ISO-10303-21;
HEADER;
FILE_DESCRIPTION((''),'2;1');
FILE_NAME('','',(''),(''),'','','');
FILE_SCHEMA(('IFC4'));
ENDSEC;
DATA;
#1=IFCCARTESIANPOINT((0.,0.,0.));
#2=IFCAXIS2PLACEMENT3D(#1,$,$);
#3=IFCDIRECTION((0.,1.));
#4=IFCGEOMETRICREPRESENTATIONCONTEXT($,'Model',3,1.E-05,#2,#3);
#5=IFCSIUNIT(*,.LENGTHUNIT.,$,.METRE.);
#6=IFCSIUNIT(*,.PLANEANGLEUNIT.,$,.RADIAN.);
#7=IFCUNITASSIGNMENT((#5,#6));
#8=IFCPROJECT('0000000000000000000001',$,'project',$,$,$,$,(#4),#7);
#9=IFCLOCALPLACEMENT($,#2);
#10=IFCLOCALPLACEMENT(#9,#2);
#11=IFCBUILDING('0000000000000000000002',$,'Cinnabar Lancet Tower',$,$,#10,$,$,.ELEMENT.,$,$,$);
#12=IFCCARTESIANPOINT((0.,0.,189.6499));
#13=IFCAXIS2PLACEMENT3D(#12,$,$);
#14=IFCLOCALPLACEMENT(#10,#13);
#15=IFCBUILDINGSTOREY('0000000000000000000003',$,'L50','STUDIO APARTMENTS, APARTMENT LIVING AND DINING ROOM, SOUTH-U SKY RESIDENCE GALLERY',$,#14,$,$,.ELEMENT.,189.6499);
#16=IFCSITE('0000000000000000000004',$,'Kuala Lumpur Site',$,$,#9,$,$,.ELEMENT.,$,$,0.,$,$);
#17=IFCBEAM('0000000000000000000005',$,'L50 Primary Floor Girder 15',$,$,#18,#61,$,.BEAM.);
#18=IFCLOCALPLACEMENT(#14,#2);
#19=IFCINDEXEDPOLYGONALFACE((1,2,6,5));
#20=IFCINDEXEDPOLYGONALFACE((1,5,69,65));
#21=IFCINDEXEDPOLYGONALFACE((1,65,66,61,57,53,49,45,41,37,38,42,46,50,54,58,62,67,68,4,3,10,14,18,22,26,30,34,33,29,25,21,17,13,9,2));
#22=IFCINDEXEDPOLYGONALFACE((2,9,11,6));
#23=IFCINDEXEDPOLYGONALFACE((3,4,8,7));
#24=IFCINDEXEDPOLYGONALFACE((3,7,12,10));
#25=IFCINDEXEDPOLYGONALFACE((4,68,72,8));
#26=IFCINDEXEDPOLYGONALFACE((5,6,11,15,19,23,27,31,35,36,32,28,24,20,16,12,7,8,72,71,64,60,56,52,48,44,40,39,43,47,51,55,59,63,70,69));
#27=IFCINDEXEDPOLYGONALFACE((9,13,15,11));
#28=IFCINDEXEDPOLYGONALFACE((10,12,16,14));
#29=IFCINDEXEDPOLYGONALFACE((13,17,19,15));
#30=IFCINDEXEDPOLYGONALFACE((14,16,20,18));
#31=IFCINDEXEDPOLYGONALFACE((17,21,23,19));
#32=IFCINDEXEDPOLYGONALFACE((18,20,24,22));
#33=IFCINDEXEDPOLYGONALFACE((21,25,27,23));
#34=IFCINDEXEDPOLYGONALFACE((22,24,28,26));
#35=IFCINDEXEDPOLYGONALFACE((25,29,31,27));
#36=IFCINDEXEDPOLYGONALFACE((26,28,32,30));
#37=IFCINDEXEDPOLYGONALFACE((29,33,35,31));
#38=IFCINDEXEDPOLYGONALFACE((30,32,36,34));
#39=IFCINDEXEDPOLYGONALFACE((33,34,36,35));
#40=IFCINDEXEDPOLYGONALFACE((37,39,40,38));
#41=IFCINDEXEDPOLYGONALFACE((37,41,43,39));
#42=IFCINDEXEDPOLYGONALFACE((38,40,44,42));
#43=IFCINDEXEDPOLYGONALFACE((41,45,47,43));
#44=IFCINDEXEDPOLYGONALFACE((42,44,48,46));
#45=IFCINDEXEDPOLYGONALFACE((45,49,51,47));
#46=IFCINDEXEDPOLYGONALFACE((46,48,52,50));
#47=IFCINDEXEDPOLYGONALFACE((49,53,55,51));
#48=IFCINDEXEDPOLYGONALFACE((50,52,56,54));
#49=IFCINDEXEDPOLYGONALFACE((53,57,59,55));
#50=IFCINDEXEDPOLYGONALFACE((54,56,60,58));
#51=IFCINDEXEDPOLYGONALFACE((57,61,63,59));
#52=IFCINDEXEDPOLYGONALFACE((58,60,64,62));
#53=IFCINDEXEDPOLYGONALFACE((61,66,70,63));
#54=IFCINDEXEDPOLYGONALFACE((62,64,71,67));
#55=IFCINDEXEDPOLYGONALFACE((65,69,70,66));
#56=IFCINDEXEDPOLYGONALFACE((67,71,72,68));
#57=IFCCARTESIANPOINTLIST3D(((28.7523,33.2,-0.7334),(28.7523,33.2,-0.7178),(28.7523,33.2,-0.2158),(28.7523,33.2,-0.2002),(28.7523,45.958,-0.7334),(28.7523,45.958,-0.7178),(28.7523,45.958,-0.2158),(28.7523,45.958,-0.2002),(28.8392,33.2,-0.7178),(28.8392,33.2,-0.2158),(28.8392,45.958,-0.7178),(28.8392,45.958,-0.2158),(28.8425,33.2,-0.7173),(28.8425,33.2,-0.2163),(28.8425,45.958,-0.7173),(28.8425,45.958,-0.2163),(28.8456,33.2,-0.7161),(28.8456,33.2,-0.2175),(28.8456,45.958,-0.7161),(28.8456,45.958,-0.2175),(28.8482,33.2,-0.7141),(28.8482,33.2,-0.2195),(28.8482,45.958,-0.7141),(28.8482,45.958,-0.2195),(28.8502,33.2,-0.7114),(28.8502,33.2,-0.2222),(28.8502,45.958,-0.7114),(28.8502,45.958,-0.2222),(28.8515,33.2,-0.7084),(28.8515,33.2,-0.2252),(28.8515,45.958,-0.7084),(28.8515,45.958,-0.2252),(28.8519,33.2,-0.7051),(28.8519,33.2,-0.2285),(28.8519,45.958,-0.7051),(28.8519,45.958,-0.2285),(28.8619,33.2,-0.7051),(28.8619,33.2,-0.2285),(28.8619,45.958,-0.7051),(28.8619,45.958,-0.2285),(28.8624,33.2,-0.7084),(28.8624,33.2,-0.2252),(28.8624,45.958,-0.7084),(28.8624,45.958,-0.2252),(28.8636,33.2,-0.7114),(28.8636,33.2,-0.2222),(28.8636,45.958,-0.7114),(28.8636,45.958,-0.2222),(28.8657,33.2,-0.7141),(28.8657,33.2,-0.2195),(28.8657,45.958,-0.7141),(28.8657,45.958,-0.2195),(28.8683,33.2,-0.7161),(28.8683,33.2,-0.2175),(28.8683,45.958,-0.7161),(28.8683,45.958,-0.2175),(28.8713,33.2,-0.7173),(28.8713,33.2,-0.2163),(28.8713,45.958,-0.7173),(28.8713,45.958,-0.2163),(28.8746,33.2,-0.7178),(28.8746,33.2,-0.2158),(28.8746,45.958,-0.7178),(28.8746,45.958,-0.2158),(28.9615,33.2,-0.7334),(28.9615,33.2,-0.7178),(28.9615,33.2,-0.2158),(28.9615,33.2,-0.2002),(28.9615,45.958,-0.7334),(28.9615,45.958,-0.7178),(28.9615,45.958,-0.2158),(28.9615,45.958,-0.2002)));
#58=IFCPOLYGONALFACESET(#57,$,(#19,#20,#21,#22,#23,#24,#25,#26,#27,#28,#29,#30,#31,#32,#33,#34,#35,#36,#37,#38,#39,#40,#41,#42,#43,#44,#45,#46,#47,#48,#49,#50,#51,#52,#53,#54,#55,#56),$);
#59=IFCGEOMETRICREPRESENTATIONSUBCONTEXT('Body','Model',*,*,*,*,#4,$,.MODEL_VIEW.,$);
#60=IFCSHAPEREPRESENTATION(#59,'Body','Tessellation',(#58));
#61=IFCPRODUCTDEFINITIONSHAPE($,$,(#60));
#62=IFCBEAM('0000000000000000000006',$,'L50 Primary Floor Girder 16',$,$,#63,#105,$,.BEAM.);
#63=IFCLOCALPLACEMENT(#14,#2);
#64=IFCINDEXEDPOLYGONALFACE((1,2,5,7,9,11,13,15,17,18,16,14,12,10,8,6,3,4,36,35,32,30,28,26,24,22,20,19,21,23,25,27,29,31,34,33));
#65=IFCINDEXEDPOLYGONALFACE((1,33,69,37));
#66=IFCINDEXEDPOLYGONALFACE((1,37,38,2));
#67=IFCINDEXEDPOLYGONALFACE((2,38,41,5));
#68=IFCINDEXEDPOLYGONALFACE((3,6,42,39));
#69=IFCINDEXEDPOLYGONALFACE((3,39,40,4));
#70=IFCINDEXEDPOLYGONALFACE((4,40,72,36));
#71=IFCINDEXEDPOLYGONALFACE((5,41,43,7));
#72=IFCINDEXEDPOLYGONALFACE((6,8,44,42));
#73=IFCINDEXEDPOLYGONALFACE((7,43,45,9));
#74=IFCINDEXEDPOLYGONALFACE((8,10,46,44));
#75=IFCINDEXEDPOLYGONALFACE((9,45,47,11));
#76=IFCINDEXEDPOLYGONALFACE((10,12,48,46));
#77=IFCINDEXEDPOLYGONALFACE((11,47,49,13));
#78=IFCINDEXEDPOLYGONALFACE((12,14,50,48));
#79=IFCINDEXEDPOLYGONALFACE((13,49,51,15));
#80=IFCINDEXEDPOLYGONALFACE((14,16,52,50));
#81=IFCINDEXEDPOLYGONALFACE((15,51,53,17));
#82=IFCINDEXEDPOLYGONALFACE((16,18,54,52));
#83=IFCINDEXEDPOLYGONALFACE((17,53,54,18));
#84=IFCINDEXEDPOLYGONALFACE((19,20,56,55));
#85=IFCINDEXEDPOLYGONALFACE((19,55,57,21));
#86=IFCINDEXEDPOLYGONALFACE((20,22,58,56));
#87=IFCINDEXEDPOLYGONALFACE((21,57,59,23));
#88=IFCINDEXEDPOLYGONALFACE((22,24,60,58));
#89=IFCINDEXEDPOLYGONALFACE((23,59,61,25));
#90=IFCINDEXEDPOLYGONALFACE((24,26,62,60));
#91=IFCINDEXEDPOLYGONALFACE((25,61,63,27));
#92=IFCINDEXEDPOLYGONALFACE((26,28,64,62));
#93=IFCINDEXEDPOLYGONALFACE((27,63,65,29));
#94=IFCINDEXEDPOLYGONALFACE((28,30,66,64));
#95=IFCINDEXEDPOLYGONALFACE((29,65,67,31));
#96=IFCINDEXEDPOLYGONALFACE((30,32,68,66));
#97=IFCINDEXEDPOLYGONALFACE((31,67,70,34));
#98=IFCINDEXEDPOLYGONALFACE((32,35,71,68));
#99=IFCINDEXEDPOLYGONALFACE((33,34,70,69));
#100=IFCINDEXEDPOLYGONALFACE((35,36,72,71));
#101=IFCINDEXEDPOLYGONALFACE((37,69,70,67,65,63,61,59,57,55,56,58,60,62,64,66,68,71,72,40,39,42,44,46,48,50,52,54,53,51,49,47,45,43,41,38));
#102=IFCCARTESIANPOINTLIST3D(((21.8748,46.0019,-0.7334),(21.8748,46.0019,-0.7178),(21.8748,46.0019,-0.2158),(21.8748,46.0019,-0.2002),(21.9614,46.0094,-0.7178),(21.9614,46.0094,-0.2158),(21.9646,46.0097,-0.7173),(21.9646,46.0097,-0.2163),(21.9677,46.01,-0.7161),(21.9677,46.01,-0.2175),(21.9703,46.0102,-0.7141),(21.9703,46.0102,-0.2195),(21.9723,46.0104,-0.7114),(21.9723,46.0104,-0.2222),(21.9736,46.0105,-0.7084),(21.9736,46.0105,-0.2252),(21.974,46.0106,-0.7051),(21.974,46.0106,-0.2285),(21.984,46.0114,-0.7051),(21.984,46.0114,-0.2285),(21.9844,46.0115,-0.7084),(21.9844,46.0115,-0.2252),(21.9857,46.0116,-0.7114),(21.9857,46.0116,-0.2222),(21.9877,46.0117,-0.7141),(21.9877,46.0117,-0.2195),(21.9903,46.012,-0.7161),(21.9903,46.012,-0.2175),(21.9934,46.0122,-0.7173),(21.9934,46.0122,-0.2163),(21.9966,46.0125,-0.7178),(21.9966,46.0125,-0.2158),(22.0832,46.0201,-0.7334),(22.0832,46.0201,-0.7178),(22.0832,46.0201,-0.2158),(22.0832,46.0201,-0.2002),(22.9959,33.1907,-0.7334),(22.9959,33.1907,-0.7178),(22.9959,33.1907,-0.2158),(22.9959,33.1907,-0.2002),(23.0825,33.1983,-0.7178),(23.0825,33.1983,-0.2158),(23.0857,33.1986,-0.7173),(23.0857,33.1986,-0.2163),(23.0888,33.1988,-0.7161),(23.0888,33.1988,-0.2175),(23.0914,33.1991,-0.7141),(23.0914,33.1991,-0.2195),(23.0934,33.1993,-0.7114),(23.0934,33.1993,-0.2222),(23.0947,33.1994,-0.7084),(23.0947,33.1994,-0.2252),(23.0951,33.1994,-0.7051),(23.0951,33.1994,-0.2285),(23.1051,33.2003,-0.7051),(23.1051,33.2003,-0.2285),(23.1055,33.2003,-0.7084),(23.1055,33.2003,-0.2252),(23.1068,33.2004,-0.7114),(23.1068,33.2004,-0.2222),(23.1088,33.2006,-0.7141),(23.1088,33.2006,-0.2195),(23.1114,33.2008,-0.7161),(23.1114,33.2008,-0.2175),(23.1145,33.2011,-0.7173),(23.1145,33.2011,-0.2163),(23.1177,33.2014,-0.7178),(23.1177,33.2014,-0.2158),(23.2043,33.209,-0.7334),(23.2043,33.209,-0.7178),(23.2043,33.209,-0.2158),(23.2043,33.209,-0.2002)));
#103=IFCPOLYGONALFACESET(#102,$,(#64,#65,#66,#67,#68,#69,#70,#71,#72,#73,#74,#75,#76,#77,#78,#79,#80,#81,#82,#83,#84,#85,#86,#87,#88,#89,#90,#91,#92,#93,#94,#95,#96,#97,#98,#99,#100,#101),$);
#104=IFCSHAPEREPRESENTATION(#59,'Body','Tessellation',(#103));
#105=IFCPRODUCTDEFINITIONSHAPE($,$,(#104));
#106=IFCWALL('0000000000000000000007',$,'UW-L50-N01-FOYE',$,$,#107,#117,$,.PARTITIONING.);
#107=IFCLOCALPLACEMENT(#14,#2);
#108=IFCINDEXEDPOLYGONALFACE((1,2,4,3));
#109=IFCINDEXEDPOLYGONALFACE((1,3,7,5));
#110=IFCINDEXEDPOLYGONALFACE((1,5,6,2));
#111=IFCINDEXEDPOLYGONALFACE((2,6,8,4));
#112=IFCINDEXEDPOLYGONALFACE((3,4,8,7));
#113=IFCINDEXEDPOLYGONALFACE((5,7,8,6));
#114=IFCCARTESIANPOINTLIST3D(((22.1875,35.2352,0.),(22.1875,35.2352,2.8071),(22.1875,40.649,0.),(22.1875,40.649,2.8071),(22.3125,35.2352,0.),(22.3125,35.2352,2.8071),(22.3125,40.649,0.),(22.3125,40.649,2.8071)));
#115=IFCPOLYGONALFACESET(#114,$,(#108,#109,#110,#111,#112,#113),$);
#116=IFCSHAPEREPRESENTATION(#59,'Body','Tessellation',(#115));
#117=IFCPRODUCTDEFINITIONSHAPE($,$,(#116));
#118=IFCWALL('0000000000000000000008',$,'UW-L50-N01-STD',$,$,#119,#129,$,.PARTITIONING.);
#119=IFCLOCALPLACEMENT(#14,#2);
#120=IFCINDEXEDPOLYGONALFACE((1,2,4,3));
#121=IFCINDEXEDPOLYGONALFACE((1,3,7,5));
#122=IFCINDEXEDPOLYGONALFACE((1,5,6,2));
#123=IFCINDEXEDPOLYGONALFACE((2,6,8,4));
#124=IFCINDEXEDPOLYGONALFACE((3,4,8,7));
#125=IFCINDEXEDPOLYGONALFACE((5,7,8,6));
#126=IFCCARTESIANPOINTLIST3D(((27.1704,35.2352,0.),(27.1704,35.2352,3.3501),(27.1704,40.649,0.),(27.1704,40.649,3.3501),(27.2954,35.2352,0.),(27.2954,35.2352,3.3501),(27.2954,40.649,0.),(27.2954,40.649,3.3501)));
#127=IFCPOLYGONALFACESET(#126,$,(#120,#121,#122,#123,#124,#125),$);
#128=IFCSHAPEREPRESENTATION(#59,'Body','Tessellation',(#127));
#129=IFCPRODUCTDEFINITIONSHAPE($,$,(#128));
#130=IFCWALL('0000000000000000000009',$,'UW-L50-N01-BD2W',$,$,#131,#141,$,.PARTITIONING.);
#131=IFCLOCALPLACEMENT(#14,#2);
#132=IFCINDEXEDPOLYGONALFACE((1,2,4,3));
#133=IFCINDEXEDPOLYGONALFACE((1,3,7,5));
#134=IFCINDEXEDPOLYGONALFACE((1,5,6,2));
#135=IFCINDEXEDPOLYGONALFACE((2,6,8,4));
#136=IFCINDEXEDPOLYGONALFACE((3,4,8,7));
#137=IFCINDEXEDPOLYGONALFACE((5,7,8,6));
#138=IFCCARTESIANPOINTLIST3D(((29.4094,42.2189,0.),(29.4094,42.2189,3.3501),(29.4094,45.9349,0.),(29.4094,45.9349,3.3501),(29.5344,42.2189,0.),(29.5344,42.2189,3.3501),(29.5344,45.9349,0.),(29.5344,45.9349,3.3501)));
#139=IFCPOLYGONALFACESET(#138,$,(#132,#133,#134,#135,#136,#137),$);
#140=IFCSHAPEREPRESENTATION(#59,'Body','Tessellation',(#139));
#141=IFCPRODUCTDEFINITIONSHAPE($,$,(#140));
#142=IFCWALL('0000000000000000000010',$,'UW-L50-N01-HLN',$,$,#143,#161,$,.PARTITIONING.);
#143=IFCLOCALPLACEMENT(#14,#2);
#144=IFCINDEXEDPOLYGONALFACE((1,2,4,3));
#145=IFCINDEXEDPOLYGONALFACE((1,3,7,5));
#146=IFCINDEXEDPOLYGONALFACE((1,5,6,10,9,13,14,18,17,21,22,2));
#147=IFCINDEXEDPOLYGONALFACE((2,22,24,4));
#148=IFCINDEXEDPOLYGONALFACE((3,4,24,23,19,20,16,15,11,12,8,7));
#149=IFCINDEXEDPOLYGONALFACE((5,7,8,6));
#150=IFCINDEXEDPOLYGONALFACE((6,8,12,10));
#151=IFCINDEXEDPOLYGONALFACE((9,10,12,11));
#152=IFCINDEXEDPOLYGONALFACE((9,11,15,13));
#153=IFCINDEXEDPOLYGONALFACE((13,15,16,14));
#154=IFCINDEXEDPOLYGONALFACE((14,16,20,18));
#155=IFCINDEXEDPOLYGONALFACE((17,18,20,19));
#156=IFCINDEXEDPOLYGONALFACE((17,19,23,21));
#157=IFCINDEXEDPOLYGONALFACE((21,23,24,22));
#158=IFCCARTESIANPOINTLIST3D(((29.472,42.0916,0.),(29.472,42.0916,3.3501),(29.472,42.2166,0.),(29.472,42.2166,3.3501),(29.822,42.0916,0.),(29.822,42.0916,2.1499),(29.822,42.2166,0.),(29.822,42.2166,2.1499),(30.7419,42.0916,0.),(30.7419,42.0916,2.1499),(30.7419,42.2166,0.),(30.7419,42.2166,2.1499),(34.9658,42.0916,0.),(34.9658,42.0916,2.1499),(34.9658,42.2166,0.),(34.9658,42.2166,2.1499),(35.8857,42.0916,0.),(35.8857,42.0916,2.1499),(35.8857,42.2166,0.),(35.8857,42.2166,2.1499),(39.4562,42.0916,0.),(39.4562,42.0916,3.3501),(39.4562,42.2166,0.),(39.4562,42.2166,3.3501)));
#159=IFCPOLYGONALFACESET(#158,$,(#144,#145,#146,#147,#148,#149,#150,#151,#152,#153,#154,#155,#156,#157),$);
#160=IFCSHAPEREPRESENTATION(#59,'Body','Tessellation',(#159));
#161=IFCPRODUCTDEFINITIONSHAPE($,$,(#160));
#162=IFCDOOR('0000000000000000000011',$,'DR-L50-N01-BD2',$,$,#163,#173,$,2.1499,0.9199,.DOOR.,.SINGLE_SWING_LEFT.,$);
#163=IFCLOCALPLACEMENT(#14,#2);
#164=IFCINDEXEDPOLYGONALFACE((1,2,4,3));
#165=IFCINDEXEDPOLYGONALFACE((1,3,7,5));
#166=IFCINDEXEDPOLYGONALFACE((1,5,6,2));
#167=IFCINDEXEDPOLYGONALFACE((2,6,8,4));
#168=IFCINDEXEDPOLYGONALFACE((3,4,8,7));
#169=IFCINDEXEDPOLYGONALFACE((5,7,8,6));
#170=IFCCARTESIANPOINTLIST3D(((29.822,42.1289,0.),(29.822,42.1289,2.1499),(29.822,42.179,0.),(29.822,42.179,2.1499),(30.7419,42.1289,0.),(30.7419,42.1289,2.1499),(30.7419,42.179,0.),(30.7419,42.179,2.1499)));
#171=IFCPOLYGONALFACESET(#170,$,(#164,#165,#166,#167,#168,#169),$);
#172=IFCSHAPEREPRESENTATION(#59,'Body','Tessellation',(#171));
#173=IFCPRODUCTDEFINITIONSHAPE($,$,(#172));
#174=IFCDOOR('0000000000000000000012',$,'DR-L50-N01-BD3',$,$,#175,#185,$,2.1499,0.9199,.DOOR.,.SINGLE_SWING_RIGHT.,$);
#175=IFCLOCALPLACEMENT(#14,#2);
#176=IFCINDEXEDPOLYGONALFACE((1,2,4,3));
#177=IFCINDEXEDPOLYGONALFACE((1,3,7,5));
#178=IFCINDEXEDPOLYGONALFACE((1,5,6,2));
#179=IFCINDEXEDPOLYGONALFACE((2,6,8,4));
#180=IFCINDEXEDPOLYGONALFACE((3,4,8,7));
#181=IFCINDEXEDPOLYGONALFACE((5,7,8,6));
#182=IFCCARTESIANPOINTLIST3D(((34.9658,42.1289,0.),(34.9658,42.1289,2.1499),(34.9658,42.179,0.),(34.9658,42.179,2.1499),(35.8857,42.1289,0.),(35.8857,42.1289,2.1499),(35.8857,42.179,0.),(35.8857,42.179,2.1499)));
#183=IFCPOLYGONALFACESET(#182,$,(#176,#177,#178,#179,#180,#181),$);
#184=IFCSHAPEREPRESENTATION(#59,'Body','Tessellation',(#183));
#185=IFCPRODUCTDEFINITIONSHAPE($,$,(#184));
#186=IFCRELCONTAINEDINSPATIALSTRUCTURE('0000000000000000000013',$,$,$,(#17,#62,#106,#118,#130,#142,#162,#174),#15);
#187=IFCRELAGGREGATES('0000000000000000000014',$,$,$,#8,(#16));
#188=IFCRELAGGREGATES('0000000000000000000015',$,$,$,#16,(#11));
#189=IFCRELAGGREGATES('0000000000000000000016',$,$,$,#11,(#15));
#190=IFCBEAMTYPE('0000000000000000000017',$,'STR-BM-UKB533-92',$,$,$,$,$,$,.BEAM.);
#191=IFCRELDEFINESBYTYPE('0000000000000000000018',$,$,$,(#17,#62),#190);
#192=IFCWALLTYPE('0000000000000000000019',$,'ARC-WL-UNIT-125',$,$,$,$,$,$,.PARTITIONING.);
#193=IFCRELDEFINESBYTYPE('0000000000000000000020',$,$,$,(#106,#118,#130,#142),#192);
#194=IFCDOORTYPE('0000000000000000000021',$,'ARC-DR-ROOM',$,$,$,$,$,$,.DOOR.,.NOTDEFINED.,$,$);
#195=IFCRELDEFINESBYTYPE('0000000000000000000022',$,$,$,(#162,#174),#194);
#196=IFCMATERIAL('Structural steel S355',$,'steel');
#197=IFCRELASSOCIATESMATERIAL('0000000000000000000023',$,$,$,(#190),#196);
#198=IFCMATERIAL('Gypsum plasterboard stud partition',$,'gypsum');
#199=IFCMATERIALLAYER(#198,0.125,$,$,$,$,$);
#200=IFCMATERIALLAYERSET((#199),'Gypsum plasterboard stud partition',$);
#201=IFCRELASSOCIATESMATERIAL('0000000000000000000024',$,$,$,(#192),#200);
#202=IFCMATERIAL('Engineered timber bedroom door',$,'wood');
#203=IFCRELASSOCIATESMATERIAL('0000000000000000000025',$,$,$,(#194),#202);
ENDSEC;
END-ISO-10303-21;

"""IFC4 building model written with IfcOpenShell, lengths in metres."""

from ifc_helpers import new_model, si_unit, direction, frame, frame_2d, origin, origin_2d, place, context, subcontext, project, spatial, rectangle, i_section, extrude, material, layer, layer_set, material_profile, profile_set, type_object, element, fill, save


model = new_model("IFC4")

# Units and contexts
model_context = context("Model", 3, precision=1e-05, world=origin(), true_north=direction((0.0, 1.0)))
body_context = subcontext(model_context, "Body", "Model", "MODEL_VIEW")
ifc_project = project(units=[si_unit("LENGTHUNIT", "METRE"), si_unit("PLANEANGLEUNIT", "RADIAN")], contexts=[model_context])

# Site, building, storey
site_placement = place(None, origin())
site = spatial("IfcSite", under=ifc_project, at=site_placement, Name="Kuala Lumpur Site", CompositionType="ELEMENT", RefElevation=0.0)
building_placement = place(site_placement, origin())
building = spatial("IfcBuilding", under=site, at=building_placement, Name="Cinnabar Lancet Tower", CompositionType="ELEMENT")
storey_placement = place(building_placement, frame((0.0, 0.0, 189.6499)))
storey = spatial("IfcBuildingStorey", under=building, at=storey_placement, Name="L50", Description="STUDIO APARTMENTS, APARTMENT LIVING AND DINING ROOM, SOUTH-U SKY RESIDENCE GALLERY", CompositionType="ELEMENT", Elevation=189.6499)

# Beams
ifc_material_1 = material(Name="Structural steel S355", Category="steel")
ifc_material_profile_1 = material_profile(ifc_material_1, i_section(OverallWidth=0.2092, OverallDepth=0.5332, WebThickness=0.01, FlangeThickness=0.0156, FilletRadius=0.0127, at=origin_2d()), Name="UKB 533x210x92")
ifc_profile_set_1 = profile_set([ifc_material_profile_1], Name="Structural steel S355")
beam_type_1 = type_object("IfcBeamType", Name="STR-BM-UKB533-92", PredefinedType="BEAM", material=ifc_profile_set_1)
beam_1_placement = place(storey_placement, frame((28.8569, 45.958, -0.4668), z_axis=(0.0, -1.0, 0.0), x_axis=(1.0, 0.0, 0.0)))
element("IfcBeam", 1, at=beam_1_placement, inside=storey, type_object=beam_type_1, Name="L50 Primary Floor Girder 15", PredefinedType="BEAM", context=body_context, shape_type="SweptSolid", body=[
    extrude(i_section(OverallWidth=0.2092, OverallDepth=0.5332, WebThickness=0.01, FlangeThickness=0.0156, FilletRadius=0.0127, at=origin_2d()), origin(), (0.0, 0.0, 1.0), 12.7581),
])
beam_2_placement = place(storey_placement, frame((21.979, 46.011, -0.4668), z_axis=(0.087177, -0.996193, 0.0), x_axis=(0.996193, 0.087177, 0.0)))
element("IfcBeam", 2, at=beam_2_placement, inside=storey, type_object=beam_type_1, Name="L50 Primary Floor Girder 16", PredefinedType="BEAM", context=body_context, shape_type="SweptSolid", body=[
    extrude(i_section(OverallWidth=0.2092, OverallDepth=0.5332, WebThickness=0.01, FlangeThickness=0.0156, FilletRadius=0.0127, at=origin_2d()), origin(), (0.0, 0.0, 1.0), 12.8601),
])

# Walls
ifc_material_2 = material(Name="Gypsum plasterboard stud partition", Category="gypsum")
ifc_layer_1 = layer(ifc_material_2, 0.125)
ifc_layer_set_1 = layer_set([ifc_layer_1], Name="Gypsum plasterboard stud partition")
wall_type_1 = type_object("IfcWallType", Name="ARC-WL-UNIT-125", PredefinedType="PARTITIONING", material=ifc_layer_set_1)
wall_1_placement = place(storey_placement, frame((22.25, 35.2351, 0.0), z_axis=(0.0, 0.0, 1.0), x_axis=(0.0, 1.0, 0.0)))
element("IfcWall", 3, at=wall_1_placement, inside=storey, type_object=wall_type_1, Name="UW-L50-N01-FOYE", PredefinedType="PARTITIONING", context=body_context, shape_type="SweptSolid", body=[
    extrude(rectangle(XDim=5.4138, YDim=0.125, at=frame_2d((2.707, 0.0))), origin(), (0.0, 0.0, 1.0), 2.8071),
])
wall_2_placement = place(storey_placement, frame((27.2329, 35.2351, 0.0), z_axis=(0.0, 0.0, 1.0), x_axis=(0.0, 1.0, 0.0)))
element("IfcWall", 4, at=wall_2_placement, inside=storey, type_object=wall_type_1, Name="UW-L50-N01-STD", PredefinedType="PARTITIONING", context=body_context, shape_type="SweptSolid", body=[
    extrude(rectangle(XDim=5.4138, YDim=0.125, at=frame_2d((2.707, 0.0))), origin(), (0.0, 0.0, 1.0), 3.3501),
])
wall_3_placement = place(storey_placement, frame((29.4719, 42.219, 0.0), z_axis=(0.0, 0.0, 1.0), x_axis=(0.0, 1.0, 0.0)))
element("IfcWall", 5, at=wall_3_placement, inside=storey, type_object=wall_type_1, Name="UW-L50-N01-BD2W", PredefinedType="PARTITIONING", context=body_context, shape_type="SweptSolid", body=[
    extrude(rectangle(XDim=3.7161, YDim=0.125, at=frame_2d((1.8579, 0.0))), origin(), (0.0, 0.0, 1.0), 3.3501),
])

# Wall, openings, doors
wall_4_placement = place(storey_placement, frame((29.4719, 42.1541, 0.0), z_axis=(0.0, 0.0, 1.0), x_axis=(1.0, 0.0, 0.0)))
wall_4 = element("IfcWall", 6, at=wall_4_placement, inside=storey, type_object=wall_type_1, Name="UW-L50-N01-HLN", PredefinedType="PARTITIONING", context=body_context, shape_type="SweptSolid", body=[
    extrude(rectangle(XDim=9.9841, YDim=0.125, at=frame_2d((4.9922, 0.0))), origin(), (0.0, 0.0, 1.0), 3.3501),
])
opening_1_placement = place(wall_4_placement, frame((0.3501, 0.0, 0.0)))
opening_1 = element("IfcOpeningElement", 7, at=opening_1_placement, cuts=wall_4, PredefinedType="OPENING", context=body_context, shape_type="SweptSolid", body=[
    extrude(rectangle(XDim=0.9199, YDim=2.1499, at=frame_2d((0.46, 1.075))), frame((0.0, 0.0725, 0.0), z_axis=(0.0, -1.0, 0.0), x_axis=(1.0, 0.0, 0.0)), (0.0, 0.0, 1.0), 0.145),
])
opening_2_placement = place(wall_4_placement, frame((5.4939, 0.0, 0.0)))
opening_2 = element("IfcOpeningElement", 8, at=opening_2_placement, cuts=wall_4, PredefinedType="OPENING", context=body_context, shape_type="SweptSolid", body=[
    extrude(rectangle(XDim=0.9199, YDim=2.1499, at=frame_2d((0.46, 1.075))), frame((0.0, 0.0725, 0.0), z_axis=(0.0, -1.0, 0.0), x_axis=(1.0, 0.0, 0.0)), (0.0, 0.0, 1.0), 0.145),
])
ifc_material_3 = material(Name="Engineered timber bedroom door", Category="wood")
door_type_1 = type_object("IfcDoorType", Name="ARC-DR-ROOM", OperationType="NOTDEFINED", PredefinedType="DOOR", material=ifc_material_3)
door_1_placement = place(opening_1_placement, origin())
door_1 = element("IfcDoor", 9, at=door_1_placement, inside=storey, type_object=door_type_1, Name="DR-L50-N01-BD2", OperationType="SINGLE_SWING_LEFT", OverallHeight=2.1499, OverallWidth=0.9199, PredefinedType="DOOR", context=body_context, shape_type="SweptSolid", body=[
    extrude(rectangle(XDim=0.9199, YDim=2.1499, at=frame_2d((0.46, 1.075))), frame((0.0, 0.0249, 0.0), z_axis=(0.0, -1.0, 0.0), x_axis=(1.0, 0.0, 0.0)), (0.0, 0.0, 1.0), 0.05),
])
fill(opening_1, door_1)
door_2_placement = place(opening_2_placement, origin())
door_2 = element("IfcDoor", 10, at=door_2_placement, inside=storey, type_object=door_type_1, Name="DR-L50-N01-BD3", OperationType="SINGLE_SWING_RIGHT", OverallHeight=2.1499, OverallWidth=0.9199, PredefinedType="DOOR", context=body_context, shape_type="SweptSolid", body=[
    extrude(rectangle(XDim=0.9199, YDim=2.1499, at=frame_2d((0.46, 1.075))), frame((0.0, 0.0249, 0.0), z_axis=(0.0, -1.0, 0.0), x_axis=(1.0, 0.0, 0.0)), (0.0, 0.0, 1.0), 0.05),
])
fill(opening_2, door_2)

save(model, "model.ifc")
